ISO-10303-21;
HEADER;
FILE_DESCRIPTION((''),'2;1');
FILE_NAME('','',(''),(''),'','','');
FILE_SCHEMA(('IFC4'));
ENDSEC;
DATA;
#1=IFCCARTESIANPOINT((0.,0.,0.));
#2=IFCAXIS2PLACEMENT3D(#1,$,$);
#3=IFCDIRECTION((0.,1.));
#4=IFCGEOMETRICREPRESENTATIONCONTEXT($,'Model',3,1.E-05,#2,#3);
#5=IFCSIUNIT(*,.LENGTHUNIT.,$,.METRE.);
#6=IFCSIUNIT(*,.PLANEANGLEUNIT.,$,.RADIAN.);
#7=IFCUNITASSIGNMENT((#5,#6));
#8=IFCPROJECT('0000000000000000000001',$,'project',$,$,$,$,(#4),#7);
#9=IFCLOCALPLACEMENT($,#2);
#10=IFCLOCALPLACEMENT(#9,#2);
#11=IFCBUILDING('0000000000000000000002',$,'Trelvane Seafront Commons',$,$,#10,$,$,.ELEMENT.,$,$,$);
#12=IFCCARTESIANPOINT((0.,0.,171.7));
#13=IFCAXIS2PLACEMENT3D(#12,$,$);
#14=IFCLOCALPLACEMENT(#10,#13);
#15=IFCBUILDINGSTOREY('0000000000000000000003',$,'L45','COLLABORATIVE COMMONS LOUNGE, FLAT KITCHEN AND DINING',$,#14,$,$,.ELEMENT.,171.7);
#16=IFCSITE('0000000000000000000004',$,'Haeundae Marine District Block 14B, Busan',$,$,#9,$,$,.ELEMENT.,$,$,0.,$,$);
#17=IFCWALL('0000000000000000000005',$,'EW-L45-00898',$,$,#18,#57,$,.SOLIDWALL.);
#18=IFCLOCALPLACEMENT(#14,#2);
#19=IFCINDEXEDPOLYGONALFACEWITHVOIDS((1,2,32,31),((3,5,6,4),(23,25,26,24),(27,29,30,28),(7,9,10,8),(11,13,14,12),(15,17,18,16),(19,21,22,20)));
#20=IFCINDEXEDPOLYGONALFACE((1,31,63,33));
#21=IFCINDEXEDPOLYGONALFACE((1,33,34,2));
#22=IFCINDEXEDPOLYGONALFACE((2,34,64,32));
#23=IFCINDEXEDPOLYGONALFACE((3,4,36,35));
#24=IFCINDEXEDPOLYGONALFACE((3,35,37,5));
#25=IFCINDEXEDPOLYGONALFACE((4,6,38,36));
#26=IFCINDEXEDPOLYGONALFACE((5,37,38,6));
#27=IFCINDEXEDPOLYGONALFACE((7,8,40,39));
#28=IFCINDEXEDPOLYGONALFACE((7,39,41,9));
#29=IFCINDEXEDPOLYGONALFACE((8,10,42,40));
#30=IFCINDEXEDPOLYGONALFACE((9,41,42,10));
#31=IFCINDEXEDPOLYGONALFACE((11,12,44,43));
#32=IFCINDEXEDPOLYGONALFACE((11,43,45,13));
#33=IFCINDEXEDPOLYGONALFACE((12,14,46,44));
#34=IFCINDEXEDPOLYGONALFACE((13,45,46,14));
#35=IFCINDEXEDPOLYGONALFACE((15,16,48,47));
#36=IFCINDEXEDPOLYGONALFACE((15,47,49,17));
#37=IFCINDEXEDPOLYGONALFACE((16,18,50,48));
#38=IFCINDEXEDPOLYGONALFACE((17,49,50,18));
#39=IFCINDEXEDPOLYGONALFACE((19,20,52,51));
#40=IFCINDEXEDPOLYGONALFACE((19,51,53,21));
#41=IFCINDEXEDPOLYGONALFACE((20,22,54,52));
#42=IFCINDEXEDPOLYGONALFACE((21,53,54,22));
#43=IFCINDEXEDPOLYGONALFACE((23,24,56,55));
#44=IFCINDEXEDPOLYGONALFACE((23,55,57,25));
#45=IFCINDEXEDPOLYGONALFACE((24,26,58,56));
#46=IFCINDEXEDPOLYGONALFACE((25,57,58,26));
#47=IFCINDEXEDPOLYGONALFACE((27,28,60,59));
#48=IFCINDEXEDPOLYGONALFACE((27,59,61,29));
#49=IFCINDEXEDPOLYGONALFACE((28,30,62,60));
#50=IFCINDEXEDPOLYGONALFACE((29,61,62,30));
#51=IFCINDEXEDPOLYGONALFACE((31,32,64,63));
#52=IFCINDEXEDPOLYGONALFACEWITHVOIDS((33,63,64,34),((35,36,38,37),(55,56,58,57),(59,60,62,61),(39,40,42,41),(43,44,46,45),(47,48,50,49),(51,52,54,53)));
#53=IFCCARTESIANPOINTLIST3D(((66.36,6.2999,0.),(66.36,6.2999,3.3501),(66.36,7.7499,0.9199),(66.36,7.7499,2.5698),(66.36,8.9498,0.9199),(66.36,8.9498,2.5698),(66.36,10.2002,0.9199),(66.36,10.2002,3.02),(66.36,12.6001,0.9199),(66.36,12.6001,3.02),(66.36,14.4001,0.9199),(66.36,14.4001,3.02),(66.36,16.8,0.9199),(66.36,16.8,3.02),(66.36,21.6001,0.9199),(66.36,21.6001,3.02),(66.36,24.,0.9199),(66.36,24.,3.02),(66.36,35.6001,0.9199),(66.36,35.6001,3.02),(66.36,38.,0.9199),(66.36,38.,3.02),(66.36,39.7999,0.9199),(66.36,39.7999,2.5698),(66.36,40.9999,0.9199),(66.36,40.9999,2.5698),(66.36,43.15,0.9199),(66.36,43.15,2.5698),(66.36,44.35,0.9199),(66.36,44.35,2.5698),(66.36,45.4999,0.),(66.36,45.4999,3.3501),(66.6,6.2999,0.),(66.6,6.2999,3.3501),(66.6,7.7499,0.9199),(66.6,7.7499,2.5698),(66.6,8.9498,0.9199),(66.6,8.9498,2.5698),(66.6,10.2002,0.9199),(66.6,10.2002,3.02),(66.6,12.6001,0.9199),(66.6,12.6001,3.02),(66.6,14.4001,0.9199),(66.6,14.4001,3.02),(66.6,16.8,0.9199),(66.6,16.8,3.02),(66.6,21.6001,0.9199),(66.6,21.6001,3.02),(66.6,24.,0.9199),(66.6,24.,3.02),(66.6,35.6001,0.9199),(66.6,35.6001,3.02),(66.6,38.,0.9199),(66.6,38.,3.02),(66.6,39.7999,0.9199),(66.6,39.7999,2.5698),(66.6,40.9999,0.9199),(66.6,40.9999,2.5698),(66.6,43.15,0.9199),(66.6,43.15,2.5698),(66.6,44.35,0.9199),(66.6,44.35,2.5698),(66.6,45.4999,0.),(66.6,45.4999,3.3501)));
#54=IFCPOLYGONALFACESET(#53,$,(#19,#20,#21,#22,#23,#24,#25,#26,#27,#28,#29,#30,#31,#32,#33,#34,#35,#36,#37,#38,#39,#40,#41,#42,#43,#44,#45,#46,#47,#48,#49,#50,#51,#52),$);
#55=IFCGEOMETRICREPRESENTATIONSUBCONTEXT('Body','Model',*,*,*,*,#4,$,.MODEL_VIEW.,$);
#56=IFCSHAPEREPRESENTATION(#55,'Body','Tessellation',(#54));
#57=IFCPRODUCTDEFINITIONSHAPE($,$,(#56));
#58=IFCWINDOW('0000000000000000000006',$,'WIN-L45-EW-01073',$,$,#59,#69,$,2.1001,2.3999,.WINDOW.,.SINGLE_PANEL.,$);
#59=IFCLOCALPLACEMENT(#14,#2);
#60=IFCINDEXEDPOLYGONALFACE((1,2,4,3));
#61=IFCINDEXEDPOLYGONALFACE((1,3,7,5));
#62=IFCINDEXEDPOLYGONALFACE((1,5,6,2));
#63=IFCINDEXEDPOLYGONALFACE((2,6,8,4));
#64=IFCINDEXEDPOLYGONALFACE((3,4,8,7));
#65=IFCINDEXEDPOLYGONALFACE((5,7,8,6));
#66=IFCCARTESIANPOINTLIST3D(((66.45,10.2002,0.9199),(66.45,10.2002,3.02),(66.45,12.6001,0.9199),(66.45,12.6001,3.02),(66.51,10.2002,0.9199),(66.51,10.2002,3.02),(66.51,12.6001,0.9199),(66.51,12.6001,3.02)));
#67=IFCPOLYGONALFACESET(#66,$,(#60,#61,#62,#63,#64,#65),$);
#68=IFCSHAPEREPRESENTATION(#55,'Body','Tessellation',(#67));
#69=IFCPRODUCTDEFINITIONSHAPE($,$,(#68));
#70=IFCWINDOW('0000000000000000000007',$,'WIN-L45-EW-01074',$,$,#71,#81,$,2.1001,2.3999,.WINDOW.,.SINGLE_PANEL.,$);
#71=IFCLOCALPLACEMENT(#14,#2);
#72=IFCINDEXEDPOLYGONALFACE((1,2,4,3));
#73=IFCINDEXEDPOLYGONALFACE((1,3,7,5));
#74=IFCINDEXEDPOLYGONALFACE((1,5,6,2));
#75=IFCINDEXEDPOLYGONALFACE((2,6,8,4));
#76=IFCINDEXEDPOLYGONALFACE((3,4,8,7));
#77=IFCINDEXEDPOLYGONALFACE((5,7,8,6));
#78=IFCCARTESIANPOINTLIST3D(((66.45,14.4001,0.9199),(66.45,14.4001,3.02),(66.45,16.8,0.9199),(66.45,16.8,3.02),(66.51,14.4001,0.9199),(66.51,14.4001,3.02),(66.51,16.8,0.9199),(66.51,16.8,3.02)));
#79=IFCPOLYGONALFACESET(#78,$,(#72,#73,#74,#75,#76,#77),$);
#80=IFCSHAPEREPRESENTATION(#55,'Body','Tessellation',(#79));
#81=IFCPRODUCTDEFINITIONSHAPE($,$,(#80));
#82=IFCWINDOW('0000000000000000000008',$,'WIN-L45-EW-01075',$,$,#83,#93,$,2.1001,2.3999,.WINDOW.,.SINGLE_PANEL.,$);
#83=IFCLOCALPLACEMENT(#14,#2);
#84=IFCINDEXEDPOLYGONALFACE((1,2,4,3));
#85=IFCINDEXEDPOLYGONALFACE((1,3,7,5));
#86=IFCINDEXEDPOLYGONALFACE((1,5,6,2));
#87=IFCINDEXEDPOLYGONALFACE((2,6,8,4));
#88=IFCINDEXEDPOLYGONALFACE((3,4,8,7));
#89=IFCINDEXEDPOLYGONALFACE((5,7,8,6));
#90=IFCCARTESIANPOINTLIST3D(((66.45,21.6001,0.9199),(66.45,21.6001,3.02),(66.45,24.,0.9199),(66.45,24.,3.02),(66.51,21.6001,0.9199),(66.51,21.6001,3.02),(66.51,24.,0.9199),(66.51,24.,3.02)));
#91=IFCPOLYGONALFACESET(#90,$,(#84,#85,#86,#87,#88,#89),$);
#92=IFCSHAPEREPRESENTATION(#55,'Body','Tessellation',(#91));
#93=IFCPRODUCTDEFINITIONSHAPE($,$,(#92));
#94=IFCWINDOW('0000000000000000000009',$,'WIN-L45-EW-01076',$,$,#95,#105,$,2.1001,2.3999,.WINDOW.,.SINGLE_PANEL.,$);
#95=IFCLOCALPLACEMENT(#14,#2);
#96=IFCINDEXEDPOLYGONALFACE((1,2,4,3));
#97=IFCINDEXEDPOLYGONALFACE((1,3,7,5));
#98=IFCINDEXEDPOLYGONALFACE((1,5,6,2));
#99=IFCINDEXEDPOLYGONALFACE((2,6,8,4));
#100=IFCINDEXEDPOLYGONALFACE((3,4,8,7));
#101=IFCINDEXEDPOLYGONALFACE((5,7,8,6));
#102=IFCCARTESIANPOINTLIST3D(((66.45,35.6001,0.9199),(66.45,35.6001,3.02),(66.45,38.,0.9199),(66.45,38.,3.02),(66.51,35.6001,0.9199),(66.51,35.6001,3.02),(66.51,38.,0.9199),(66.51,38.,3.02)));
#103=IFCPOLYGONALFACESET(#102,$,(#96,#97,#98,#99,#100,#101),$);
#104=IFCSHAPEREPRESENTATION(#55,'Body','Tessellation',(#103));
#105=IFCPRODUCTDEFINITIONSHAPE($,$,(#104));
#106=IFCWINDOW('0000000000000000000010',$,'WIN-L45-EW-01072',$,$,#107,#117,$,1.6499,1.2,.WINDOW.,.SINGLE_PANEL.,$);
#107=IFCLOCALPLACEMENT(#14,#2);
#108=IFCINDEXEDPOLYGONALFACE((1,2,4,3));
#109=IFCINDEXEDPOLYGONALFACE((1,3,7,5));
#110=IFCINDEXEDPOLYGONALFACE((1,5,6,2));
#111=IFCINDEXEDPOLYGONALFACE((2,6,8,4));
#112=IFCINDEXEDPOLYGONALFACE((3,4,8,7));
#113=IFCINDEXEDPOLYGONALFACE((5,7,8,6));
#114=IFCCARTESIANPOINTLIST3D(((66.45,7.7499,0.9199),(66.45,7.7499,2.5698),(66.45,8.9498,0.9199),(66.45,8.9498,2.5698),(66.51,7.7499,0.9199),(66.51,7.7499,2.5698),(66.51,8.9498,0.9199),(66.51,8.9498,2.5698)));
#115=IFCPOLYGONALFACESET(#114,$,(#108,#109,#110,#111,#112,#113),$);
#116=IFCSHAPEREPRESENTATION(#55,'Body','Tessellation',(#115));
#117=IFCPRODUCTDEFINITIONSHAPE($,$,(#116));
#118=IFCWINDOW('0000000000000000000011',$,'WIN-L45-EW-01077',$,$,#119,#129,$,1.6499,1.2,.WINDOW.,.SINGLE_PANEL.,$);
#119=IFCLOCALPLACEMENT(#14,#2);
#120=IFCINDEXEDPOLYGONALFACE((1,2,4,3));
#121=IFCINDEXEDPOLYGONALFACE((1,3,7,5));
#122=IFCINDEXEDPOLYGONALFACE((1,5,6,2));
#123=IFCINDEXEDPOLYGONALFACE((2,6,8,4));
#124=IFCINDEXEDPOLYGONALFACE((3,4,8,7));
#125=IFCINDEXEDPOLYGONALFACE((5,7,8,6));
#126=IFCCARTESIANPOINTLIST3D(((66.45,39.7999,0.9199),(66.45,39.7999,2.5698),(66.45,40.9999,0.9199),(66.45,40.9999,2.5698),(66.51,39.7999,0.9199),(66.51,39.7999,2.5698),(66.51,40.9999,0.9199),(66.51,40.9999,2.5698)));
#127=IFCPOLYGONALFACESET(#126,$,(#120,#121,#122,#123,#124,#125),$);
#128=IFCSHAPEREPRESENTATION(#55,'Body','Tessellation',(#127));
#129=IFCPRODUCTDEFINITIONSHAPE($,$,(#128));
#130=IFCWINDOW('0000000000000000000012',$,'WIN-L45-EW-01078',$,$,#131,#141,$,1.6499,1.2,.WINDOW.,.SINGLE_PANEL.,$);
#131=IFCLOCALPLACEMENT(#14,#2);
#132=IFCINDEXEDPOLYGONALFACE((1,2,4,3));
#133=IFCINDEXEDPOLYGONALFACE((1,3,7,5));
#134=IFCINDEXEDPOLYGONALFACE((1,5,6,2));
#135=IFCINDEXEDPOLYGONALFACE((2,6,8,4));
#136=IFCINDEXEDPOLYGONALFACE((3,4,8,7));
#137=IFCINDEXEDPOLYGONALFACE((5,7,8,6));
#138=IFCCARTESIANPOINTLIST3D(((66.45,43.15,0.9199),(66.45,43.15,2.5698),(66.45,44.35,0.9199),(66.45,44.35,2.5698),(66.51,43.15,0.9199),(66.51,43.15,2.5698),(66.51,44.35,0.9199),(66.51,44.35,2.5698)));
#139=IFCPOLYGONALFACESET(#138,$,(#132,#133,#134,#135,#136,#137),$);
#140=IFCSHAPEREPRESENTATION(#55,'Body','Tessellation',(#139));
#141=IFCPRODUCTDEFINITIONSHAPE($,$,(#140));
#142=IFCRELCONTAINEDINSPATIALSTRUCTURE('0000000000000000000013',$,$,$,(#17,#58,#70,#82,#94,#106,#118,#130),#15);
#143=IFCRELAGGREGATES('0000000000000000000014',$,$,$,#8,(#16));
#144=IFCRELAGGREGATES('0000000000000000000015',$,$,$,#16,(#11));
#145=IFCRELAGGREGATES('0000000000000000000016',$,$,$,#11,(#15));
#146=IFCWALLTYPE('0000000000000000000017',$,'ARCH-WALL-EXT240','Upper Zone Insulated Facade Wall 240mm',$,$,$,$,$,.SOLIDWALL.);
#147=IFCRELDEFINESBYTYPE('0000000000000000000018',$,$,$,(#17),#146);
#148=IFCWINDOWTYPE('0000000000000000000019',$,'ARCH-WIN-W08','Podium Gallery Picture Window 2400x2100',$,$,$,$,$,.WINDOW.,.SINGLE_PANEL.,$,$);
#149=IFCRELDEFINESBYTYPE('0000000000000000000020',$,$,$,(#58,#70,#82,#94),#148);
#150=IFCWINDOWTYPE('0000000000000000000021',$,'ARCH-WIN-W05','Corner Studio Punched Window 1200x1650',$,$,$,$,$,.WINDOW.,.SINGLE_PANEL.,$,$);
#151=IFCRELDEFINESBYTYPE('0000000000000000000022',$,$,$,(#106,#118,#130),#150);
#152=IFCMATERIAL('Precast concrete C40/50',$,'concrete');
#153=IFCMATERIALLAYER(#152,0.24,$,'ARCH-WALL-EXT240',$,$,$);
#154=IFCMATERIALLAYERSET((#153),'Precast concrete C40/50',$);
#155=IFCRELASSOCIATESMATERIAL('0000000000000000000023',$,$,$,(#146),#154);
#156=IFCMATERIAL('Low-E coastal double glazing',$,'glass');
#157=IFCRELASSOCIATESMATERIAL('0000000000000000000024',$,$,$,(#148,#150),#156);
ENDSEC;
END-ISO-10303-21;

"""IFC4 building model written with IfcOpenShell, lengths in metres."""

from ifc_helpers import new_model, si_unit, direction, frame, frame_2d, origin, place, context, subcontext, project, spatial, rectangle, extrude, source, transform, mapped, material, layer, layer_set, type_object, element, fill, save


model = new_model("IFC4")

# Units and contexts
model_context = context("Model", 3, precision=1e-05, world=origin(), true_north=direction((0.0, 1.0)))
body_context = subcontext(model_context, "Body", "Model", "MODEL_VIEW")
ifc_project = project(units=[si_unit("LENGTHUNIT", "METRE"), si_unit("PLANEANGLEUNIT", "RADIAN")], contexts=[model_context])

# Site, building, storey
site_placement = place(None, origin())
site = spatial("IfcSite", under=ifc_project, at=site_placement, Name="Haeundae Marine District Block 14B, Busan", CompositionType="ELEMENT", RefElevation=0.0)
building_placement = place(site_placement, origin())
building = spatial("IfcBuilding", under=site, at=building_placement, Name="Trelvane Seafront Commons", CompositionType="ELEMENT")
storey_placement = place(building_placement, frame((0.0, 0.0, 171.7)))
storey = spatial("IfcBuildingStorey", under=building, at=storey_placement, Name="L45", Description="COLLABORATIVE COMMONS LOUNGE, FLAT KITCHEN AND DINING", CompositionType="ELEMENT", Elevation=171.7)

# Shared definitions
ifc_material_1 = material(Name="Low-E coastal double glazing", Category="glass")

# Shared definitions
ifc_material_2 = material(Name="Precast concrete C40/50", Category="concrete")
ifc_layer_1 = layer(ifc_material_2, 0.24, Name="ARCH-WALL-EXT240")
ifc_layer_set_1 = layer_set([ifc_layer_1], Name="Precast concrete C40/50")
wall_type_1 = type_object("IfcWallType", Name="ARCH-WALL-EXT240", Description="Upper Zone Insulated Facade Wall 240mm", PredefinedType="SOLIDWALL", material=ifc_layer_set_1)

# Wall, openings, windows
wall_1_placement = place(storey_placement, frame((66.48, 45.5, 0.0), z_axis=(0.0, 0.0, 1.0), x_axis=(0.0, -1.0, 0.0)))
wall_1 = element("IfcWall", 1, at=wall_1_placement, inside=storey, type_object=wall_type_1, Name="EW-L45-00898", PredefinedType="SOLIDWALL", context=body_context, shape_type="SweptSolid", body=[
    extrude(rectangle(XDim=39.2, YDim=0.24, at=frame_2d((19.6001, 0.0))), origin(), (0.0, 0.0, 1.0), 3.3501),
])
opening_1_placement = place(wall_1_placement, frame((36.55, 0.0, 0.9199)))
opening_1 = element("IfcOpeningElement", 2, at=opening_1_placement, cuts=wall_1, PredefinedType="OPENING", context=body_context, shape_type="SweptSolid", body=[
    extrude(rectangle(XDim=1.2, YDim=1.6499, at=frame_2d((0.6001, 0.825))), frame((0.0, 0.1299, 0.0), z_axis=(0.0, -1.0, 0.0), x_axis=(1.0, 0.0, 0.0)), (0.0, 0.0, 1.0), 0.26),
])
opening_2_placement = place(wall_1_placement, frame((32.8999, 0.0, 0.9199)))
opening_2 = element("IfcOpeningElement", 3, at=opening_2_placement, cuts=wall_1, PredefinedType="OPENING", context=body_context, shape_type="SweptSolid", body=[
    extrude(rectangle(XDim=2.3999, YDim=2.1001, at=frame_2d((1.2, 1.05))), frame((0.0, 0.1299, 0.0), z_axis=(0.0, -1.0, 0.0), x_axis=(1.0, 0.0, 0.0)), (0.0, 0.0, 1.0), 0.26),
])
opening_3_placement = place(wall_1_placement, frame((28.7, 0.0, 0.9199)))
opening_3 = element("IfcOpeningElement", 4, at=opening_3_placement, cuts=wall_1, PredefinedType="OPENING", context=body_context, shape_type="SweptSolid", body=[
    extrude(rectangle(XDim=2.3999, YDim=2.1001, at=frame_2d((1.2, 1.05))), frame((0.0, 0.1299, 0.0), z_axis=(0.0, -1.0, 0.0), x_axis=(1.0, 0.0, 0.0)), (0.0, 0.0, 1.0), 0.26),
])
opening_4_placement = place(wall_1_placement, frame((21.5, 0.0, 0.9199)))
opening_4 = element("IfcOpeningElement", 5, at=opening_4_placement, cuts=wall_1, PredefinedType="OPENING", context=body_context, shape_type="SweptSolid", body=[
    extrude(rectangle(XDim=2.3999, YDim=2.1001, at=frame_2d((1.2, 1.05))), frame((0.0, 0.1299, 0.0), z_axis=(0.0, -1.0, 0.0), x_axis=(1.0, 0.0, 0.0)), (0.0, 0.0, 1.0), 0.26),
])
opening_5_placement = place(wall_1_placement, frame((7.5, 0.0, 0.9199)))
opening_5 = element("IfcOpeningElement", 6, at=opening_5_placement, cuts=wall_1, PredefinedType="OPENING", context=body_context, shape_type="SweptSolid", body=[
    extrude(rectangle(XDim=2.3999, YDim=2.1001, at=frame_2d((1.2, 1.05))), frame((0.0, 0.1299, 0.0), z_axis=(0.0, -1.0, 0.0), x_axis=(1.0, 0.0, 0.0)), (0.0, 0.0, 1.0), 0.26),
])
opening_6_placement = place(wall_1_placement, frame((4.5, 0.0, 0.9199)))
opening_6 = element("IfcOpeningElement", 7, at=opening_6_placement, cuts=wall_1, PredefinedType="OPENING", context=body_context, shape_type="SweptSolid", body=[
    extrude(rectangle(XDim=1.2, YDim=1.6499, at=frame_2d((0.6001, 0.825))), frame((0.0, 0.1299, 0.0), z_axis=(0.0, -1.0, 0.0), x_axis=(1.0, 0.0, 0.0)), (0.0, 0.0, 1.0), 0.26),
])
opening_7_placement = place(wall_1_placement, frame((1.1499, 0.0, 0.9199)))
opening_7 = element("IfcOpeningElement", 8, at=opening_7_placement, cuts=wall_1, PredefinedType="OPENING", context=body_context, shape_type="SweptSolid", body=[
    extrude(rectangle(XDim=1.2, YDim=1.6499, at=frame_2d((0.6001, 0.825))), frame((0.0, 0.1299, 0.0), z_axis=(0.0, -1.0, 0.0), x_axis=(1.0, 0.0, 0.0)), (0.0, 0.0, 1.0), 0.26),
])
window_type_1 = type_object("IfcWindowType", Name="ARCH-WIN-W08", Description="Podium Gallery Picture Window 2400x2100", PartitioningType="SINGLE_PANEL", PredefinedType="WINDOW", material=ifc_material_1)
shared_shape_1 = source(origin(), body_context, "Body", "SweptSolid", [
    extrude(rectangle(XDim=2.3999, YDim=2.1001, at=frame_2d((1.2, 1.05))), frame((0.0, 0.03, 0.0), z_axis=(0.0, -1.0, 0.0), x_axis=(1.0, 0.0, 0.0)), (0.0, 0.0, 1.0), 0.0601),
])
window_1_placement = place(opening_2_placement, origin())
window_1 = element("IfcWindow", 9, at=window_1_placement, inside=storey, type_object=window_type_1, Name="WIN-L45-EW-01073", OverallHeight=2.1001, OverallWidth=2.3999, PartitioningType="SINGLE_PANEL", PredefinedType="WINDOW", context=body_context, shape_type="MappedRepresentation", body=[
    mapped(shared_shape_1, transform((0.0, 0.0, 0.0), x_axis=(1.0, 0.0, 0.0), y_axis=(0.0, 1.0, 0.0), z_axis=(0.0, 0.0, 1.0), scale=1.0)),
])
fill(opening_2, window_1)
window_2_placement = place(opening_3_placement, origin())
window_2 = element("IfcWindow", 10, at=window_2_placement, inside=storey, type_object=window_type_1, Name="WIN-L45-EW-01074", OverallHeight=2.1001, OverallWidth=2.3999, PartitioningType="SINGLE_PANEL", PredefinedType="WINDOW", context=body_context, shape_type="MappedRepresentation", body=[
    mapped(shared_shape_1, transform((0.0, 0.0, 0.0), x_axis=(1.0, 0.0, 0.0), y_axis=(0.0, 1.0, 0.0), z_axis=(0.0, 0.0, 1.0), scale=1.0)),
])
fill(opening_3, window_2)
window_3_placement = place(opening_4_placement, origin())
window_3 = element("IfcWindow", 11, at=window_3_placement, inside=storey, type_object=window_type_1, Name="WIN-L45-EW-01075", OverallHeight=2.1001, OverallWidth=2.3999, PartitioningType="SINGLE_PANEL", PredefinedType="WINDOW", context=body_context, shape_type="MappedRepresentation", body=[
    mapped(shared_shape_1, transform((0.0, 0.0, 0.0), x_axis=(1.0, 0.0, 0.0), y_axis=(0.0, 1.0, 0.0), z_axis=(0.0, 0.0, 1.0), scale=1.0)),
])
fill(opening_4, window_3)
window_4_placement = place(opening_5_placement, origin())
window_4 = element("IfcWindow", 12, at=window_4_placement, inside=storey, type_object=window_type_1, Name="WIN-L45-EW-01076", OverallHeight=2.1001, OverallWidth=2.3999, PartitioningType="SINGLE_PANEL", PredefinedType="WINDOW", context=body_context, shape_type="MappedRepresentation", body=[
    mapped(shared_shape_1, transform((0.0, 0.0, 0.0), x_axis=(1.0, 0.0, 0.0), y_axis=(0.0, 1.0, 0.0), z_axis=(0.0, 0.0, 1.0), scale=1.0)),
])
fill(opening_5, window_4)
window_type_2 = type_object("IfcWindowType", Name="ARCH-WIN-W05", Description="Corner Studio Punched Window 1200x1650", PartitioningType="SINGLE_PANEL", PredefinedType="WINDOW", material=ifc_material_1)
shared_shape_2 = source(origin(), body_context, "Body", "SweptSolid", [
    extrude(rectangle(XDim=1.2, YDim=1.6499, at=frame_2d((0.6001, 0.825))), frame((0.0, 0.03, 0.0), z_axis=(0.0, -1.0, 0.0), x_axis=(1.0, 0.0, 0.0)), (0.0, 0.0, 1.0), 0.0601),
])
window_5_placement = place(opening_1_placement, origin())
window_5 = element("IfcWindow", 13, at=window_5_placement, inside=storey, type_object=window_type_2, Name="WIN-L45-EW-01072", OverallHeight=1.6499, OverallWidth=1.2, PartitioningType="SINGLE_PANEL", PredefinedType="WINDOW", context=body_context, shape_type="MappedRepresentation", body=[
    mapped(shared_shape_2, transform((0.0, 0.0, 0.0), x_axis=(1.0, 0.0, 0.0), y_axis=(0.0, 1.0, 0.0), z_axis=(0.0, 0.0, 1.0), scale=1.0)),
])
fill(opening_1, window_5)
window_6_placement = place(opening_6_placement, origin())
window_6 = element("IfcWindow", 14, at=window_6_placement, inside=storey, type_object=window_type_2, Name="WIN-L45-EW-01077", OverallHeight=1.6499, OverallWidth=1.2, PartitioningType="SINGLE_PANEL", PredefinedType="WINDOW", context=body_context, shape_type="MappedRepresentation", body=[
    mapped(shared_shape_2, transform((0.0, 0.0, 0.0), x_axis=(1.0, 0.0, 0.0), y_axis=(0.0, 1.0, 0.0), z_axis=(0.0, 0.0, 1.0), scale=1.0)),
])
fill(opening_6, window_6)
window_7_placement = place(opening_7_placement, origin())
window_7 = element("IfcWindow", 15, at=window_7_placement, inside=storey, type_object=window_type_2, Name="WIN-L45-EW-01078", OverallHeight=1.6499, OverallWidth=1.2, PartitioningType="SINGLE_PANEL", PredefinedType="WINDOW", context=body_context, shape_type="MappedRepresentation", body=[
    mapped(shared_shape_2, transform((0.0, 0.0, 0.0), x_axis=(1.0, 0.0, 0.0), y_axis=(0.0, 1.0, 0.0), z_axis=(0.0, 0.0, 1.0), scale=1.0)),
])
fill(opening_7, window_7)

save(model, "model.ifc")
